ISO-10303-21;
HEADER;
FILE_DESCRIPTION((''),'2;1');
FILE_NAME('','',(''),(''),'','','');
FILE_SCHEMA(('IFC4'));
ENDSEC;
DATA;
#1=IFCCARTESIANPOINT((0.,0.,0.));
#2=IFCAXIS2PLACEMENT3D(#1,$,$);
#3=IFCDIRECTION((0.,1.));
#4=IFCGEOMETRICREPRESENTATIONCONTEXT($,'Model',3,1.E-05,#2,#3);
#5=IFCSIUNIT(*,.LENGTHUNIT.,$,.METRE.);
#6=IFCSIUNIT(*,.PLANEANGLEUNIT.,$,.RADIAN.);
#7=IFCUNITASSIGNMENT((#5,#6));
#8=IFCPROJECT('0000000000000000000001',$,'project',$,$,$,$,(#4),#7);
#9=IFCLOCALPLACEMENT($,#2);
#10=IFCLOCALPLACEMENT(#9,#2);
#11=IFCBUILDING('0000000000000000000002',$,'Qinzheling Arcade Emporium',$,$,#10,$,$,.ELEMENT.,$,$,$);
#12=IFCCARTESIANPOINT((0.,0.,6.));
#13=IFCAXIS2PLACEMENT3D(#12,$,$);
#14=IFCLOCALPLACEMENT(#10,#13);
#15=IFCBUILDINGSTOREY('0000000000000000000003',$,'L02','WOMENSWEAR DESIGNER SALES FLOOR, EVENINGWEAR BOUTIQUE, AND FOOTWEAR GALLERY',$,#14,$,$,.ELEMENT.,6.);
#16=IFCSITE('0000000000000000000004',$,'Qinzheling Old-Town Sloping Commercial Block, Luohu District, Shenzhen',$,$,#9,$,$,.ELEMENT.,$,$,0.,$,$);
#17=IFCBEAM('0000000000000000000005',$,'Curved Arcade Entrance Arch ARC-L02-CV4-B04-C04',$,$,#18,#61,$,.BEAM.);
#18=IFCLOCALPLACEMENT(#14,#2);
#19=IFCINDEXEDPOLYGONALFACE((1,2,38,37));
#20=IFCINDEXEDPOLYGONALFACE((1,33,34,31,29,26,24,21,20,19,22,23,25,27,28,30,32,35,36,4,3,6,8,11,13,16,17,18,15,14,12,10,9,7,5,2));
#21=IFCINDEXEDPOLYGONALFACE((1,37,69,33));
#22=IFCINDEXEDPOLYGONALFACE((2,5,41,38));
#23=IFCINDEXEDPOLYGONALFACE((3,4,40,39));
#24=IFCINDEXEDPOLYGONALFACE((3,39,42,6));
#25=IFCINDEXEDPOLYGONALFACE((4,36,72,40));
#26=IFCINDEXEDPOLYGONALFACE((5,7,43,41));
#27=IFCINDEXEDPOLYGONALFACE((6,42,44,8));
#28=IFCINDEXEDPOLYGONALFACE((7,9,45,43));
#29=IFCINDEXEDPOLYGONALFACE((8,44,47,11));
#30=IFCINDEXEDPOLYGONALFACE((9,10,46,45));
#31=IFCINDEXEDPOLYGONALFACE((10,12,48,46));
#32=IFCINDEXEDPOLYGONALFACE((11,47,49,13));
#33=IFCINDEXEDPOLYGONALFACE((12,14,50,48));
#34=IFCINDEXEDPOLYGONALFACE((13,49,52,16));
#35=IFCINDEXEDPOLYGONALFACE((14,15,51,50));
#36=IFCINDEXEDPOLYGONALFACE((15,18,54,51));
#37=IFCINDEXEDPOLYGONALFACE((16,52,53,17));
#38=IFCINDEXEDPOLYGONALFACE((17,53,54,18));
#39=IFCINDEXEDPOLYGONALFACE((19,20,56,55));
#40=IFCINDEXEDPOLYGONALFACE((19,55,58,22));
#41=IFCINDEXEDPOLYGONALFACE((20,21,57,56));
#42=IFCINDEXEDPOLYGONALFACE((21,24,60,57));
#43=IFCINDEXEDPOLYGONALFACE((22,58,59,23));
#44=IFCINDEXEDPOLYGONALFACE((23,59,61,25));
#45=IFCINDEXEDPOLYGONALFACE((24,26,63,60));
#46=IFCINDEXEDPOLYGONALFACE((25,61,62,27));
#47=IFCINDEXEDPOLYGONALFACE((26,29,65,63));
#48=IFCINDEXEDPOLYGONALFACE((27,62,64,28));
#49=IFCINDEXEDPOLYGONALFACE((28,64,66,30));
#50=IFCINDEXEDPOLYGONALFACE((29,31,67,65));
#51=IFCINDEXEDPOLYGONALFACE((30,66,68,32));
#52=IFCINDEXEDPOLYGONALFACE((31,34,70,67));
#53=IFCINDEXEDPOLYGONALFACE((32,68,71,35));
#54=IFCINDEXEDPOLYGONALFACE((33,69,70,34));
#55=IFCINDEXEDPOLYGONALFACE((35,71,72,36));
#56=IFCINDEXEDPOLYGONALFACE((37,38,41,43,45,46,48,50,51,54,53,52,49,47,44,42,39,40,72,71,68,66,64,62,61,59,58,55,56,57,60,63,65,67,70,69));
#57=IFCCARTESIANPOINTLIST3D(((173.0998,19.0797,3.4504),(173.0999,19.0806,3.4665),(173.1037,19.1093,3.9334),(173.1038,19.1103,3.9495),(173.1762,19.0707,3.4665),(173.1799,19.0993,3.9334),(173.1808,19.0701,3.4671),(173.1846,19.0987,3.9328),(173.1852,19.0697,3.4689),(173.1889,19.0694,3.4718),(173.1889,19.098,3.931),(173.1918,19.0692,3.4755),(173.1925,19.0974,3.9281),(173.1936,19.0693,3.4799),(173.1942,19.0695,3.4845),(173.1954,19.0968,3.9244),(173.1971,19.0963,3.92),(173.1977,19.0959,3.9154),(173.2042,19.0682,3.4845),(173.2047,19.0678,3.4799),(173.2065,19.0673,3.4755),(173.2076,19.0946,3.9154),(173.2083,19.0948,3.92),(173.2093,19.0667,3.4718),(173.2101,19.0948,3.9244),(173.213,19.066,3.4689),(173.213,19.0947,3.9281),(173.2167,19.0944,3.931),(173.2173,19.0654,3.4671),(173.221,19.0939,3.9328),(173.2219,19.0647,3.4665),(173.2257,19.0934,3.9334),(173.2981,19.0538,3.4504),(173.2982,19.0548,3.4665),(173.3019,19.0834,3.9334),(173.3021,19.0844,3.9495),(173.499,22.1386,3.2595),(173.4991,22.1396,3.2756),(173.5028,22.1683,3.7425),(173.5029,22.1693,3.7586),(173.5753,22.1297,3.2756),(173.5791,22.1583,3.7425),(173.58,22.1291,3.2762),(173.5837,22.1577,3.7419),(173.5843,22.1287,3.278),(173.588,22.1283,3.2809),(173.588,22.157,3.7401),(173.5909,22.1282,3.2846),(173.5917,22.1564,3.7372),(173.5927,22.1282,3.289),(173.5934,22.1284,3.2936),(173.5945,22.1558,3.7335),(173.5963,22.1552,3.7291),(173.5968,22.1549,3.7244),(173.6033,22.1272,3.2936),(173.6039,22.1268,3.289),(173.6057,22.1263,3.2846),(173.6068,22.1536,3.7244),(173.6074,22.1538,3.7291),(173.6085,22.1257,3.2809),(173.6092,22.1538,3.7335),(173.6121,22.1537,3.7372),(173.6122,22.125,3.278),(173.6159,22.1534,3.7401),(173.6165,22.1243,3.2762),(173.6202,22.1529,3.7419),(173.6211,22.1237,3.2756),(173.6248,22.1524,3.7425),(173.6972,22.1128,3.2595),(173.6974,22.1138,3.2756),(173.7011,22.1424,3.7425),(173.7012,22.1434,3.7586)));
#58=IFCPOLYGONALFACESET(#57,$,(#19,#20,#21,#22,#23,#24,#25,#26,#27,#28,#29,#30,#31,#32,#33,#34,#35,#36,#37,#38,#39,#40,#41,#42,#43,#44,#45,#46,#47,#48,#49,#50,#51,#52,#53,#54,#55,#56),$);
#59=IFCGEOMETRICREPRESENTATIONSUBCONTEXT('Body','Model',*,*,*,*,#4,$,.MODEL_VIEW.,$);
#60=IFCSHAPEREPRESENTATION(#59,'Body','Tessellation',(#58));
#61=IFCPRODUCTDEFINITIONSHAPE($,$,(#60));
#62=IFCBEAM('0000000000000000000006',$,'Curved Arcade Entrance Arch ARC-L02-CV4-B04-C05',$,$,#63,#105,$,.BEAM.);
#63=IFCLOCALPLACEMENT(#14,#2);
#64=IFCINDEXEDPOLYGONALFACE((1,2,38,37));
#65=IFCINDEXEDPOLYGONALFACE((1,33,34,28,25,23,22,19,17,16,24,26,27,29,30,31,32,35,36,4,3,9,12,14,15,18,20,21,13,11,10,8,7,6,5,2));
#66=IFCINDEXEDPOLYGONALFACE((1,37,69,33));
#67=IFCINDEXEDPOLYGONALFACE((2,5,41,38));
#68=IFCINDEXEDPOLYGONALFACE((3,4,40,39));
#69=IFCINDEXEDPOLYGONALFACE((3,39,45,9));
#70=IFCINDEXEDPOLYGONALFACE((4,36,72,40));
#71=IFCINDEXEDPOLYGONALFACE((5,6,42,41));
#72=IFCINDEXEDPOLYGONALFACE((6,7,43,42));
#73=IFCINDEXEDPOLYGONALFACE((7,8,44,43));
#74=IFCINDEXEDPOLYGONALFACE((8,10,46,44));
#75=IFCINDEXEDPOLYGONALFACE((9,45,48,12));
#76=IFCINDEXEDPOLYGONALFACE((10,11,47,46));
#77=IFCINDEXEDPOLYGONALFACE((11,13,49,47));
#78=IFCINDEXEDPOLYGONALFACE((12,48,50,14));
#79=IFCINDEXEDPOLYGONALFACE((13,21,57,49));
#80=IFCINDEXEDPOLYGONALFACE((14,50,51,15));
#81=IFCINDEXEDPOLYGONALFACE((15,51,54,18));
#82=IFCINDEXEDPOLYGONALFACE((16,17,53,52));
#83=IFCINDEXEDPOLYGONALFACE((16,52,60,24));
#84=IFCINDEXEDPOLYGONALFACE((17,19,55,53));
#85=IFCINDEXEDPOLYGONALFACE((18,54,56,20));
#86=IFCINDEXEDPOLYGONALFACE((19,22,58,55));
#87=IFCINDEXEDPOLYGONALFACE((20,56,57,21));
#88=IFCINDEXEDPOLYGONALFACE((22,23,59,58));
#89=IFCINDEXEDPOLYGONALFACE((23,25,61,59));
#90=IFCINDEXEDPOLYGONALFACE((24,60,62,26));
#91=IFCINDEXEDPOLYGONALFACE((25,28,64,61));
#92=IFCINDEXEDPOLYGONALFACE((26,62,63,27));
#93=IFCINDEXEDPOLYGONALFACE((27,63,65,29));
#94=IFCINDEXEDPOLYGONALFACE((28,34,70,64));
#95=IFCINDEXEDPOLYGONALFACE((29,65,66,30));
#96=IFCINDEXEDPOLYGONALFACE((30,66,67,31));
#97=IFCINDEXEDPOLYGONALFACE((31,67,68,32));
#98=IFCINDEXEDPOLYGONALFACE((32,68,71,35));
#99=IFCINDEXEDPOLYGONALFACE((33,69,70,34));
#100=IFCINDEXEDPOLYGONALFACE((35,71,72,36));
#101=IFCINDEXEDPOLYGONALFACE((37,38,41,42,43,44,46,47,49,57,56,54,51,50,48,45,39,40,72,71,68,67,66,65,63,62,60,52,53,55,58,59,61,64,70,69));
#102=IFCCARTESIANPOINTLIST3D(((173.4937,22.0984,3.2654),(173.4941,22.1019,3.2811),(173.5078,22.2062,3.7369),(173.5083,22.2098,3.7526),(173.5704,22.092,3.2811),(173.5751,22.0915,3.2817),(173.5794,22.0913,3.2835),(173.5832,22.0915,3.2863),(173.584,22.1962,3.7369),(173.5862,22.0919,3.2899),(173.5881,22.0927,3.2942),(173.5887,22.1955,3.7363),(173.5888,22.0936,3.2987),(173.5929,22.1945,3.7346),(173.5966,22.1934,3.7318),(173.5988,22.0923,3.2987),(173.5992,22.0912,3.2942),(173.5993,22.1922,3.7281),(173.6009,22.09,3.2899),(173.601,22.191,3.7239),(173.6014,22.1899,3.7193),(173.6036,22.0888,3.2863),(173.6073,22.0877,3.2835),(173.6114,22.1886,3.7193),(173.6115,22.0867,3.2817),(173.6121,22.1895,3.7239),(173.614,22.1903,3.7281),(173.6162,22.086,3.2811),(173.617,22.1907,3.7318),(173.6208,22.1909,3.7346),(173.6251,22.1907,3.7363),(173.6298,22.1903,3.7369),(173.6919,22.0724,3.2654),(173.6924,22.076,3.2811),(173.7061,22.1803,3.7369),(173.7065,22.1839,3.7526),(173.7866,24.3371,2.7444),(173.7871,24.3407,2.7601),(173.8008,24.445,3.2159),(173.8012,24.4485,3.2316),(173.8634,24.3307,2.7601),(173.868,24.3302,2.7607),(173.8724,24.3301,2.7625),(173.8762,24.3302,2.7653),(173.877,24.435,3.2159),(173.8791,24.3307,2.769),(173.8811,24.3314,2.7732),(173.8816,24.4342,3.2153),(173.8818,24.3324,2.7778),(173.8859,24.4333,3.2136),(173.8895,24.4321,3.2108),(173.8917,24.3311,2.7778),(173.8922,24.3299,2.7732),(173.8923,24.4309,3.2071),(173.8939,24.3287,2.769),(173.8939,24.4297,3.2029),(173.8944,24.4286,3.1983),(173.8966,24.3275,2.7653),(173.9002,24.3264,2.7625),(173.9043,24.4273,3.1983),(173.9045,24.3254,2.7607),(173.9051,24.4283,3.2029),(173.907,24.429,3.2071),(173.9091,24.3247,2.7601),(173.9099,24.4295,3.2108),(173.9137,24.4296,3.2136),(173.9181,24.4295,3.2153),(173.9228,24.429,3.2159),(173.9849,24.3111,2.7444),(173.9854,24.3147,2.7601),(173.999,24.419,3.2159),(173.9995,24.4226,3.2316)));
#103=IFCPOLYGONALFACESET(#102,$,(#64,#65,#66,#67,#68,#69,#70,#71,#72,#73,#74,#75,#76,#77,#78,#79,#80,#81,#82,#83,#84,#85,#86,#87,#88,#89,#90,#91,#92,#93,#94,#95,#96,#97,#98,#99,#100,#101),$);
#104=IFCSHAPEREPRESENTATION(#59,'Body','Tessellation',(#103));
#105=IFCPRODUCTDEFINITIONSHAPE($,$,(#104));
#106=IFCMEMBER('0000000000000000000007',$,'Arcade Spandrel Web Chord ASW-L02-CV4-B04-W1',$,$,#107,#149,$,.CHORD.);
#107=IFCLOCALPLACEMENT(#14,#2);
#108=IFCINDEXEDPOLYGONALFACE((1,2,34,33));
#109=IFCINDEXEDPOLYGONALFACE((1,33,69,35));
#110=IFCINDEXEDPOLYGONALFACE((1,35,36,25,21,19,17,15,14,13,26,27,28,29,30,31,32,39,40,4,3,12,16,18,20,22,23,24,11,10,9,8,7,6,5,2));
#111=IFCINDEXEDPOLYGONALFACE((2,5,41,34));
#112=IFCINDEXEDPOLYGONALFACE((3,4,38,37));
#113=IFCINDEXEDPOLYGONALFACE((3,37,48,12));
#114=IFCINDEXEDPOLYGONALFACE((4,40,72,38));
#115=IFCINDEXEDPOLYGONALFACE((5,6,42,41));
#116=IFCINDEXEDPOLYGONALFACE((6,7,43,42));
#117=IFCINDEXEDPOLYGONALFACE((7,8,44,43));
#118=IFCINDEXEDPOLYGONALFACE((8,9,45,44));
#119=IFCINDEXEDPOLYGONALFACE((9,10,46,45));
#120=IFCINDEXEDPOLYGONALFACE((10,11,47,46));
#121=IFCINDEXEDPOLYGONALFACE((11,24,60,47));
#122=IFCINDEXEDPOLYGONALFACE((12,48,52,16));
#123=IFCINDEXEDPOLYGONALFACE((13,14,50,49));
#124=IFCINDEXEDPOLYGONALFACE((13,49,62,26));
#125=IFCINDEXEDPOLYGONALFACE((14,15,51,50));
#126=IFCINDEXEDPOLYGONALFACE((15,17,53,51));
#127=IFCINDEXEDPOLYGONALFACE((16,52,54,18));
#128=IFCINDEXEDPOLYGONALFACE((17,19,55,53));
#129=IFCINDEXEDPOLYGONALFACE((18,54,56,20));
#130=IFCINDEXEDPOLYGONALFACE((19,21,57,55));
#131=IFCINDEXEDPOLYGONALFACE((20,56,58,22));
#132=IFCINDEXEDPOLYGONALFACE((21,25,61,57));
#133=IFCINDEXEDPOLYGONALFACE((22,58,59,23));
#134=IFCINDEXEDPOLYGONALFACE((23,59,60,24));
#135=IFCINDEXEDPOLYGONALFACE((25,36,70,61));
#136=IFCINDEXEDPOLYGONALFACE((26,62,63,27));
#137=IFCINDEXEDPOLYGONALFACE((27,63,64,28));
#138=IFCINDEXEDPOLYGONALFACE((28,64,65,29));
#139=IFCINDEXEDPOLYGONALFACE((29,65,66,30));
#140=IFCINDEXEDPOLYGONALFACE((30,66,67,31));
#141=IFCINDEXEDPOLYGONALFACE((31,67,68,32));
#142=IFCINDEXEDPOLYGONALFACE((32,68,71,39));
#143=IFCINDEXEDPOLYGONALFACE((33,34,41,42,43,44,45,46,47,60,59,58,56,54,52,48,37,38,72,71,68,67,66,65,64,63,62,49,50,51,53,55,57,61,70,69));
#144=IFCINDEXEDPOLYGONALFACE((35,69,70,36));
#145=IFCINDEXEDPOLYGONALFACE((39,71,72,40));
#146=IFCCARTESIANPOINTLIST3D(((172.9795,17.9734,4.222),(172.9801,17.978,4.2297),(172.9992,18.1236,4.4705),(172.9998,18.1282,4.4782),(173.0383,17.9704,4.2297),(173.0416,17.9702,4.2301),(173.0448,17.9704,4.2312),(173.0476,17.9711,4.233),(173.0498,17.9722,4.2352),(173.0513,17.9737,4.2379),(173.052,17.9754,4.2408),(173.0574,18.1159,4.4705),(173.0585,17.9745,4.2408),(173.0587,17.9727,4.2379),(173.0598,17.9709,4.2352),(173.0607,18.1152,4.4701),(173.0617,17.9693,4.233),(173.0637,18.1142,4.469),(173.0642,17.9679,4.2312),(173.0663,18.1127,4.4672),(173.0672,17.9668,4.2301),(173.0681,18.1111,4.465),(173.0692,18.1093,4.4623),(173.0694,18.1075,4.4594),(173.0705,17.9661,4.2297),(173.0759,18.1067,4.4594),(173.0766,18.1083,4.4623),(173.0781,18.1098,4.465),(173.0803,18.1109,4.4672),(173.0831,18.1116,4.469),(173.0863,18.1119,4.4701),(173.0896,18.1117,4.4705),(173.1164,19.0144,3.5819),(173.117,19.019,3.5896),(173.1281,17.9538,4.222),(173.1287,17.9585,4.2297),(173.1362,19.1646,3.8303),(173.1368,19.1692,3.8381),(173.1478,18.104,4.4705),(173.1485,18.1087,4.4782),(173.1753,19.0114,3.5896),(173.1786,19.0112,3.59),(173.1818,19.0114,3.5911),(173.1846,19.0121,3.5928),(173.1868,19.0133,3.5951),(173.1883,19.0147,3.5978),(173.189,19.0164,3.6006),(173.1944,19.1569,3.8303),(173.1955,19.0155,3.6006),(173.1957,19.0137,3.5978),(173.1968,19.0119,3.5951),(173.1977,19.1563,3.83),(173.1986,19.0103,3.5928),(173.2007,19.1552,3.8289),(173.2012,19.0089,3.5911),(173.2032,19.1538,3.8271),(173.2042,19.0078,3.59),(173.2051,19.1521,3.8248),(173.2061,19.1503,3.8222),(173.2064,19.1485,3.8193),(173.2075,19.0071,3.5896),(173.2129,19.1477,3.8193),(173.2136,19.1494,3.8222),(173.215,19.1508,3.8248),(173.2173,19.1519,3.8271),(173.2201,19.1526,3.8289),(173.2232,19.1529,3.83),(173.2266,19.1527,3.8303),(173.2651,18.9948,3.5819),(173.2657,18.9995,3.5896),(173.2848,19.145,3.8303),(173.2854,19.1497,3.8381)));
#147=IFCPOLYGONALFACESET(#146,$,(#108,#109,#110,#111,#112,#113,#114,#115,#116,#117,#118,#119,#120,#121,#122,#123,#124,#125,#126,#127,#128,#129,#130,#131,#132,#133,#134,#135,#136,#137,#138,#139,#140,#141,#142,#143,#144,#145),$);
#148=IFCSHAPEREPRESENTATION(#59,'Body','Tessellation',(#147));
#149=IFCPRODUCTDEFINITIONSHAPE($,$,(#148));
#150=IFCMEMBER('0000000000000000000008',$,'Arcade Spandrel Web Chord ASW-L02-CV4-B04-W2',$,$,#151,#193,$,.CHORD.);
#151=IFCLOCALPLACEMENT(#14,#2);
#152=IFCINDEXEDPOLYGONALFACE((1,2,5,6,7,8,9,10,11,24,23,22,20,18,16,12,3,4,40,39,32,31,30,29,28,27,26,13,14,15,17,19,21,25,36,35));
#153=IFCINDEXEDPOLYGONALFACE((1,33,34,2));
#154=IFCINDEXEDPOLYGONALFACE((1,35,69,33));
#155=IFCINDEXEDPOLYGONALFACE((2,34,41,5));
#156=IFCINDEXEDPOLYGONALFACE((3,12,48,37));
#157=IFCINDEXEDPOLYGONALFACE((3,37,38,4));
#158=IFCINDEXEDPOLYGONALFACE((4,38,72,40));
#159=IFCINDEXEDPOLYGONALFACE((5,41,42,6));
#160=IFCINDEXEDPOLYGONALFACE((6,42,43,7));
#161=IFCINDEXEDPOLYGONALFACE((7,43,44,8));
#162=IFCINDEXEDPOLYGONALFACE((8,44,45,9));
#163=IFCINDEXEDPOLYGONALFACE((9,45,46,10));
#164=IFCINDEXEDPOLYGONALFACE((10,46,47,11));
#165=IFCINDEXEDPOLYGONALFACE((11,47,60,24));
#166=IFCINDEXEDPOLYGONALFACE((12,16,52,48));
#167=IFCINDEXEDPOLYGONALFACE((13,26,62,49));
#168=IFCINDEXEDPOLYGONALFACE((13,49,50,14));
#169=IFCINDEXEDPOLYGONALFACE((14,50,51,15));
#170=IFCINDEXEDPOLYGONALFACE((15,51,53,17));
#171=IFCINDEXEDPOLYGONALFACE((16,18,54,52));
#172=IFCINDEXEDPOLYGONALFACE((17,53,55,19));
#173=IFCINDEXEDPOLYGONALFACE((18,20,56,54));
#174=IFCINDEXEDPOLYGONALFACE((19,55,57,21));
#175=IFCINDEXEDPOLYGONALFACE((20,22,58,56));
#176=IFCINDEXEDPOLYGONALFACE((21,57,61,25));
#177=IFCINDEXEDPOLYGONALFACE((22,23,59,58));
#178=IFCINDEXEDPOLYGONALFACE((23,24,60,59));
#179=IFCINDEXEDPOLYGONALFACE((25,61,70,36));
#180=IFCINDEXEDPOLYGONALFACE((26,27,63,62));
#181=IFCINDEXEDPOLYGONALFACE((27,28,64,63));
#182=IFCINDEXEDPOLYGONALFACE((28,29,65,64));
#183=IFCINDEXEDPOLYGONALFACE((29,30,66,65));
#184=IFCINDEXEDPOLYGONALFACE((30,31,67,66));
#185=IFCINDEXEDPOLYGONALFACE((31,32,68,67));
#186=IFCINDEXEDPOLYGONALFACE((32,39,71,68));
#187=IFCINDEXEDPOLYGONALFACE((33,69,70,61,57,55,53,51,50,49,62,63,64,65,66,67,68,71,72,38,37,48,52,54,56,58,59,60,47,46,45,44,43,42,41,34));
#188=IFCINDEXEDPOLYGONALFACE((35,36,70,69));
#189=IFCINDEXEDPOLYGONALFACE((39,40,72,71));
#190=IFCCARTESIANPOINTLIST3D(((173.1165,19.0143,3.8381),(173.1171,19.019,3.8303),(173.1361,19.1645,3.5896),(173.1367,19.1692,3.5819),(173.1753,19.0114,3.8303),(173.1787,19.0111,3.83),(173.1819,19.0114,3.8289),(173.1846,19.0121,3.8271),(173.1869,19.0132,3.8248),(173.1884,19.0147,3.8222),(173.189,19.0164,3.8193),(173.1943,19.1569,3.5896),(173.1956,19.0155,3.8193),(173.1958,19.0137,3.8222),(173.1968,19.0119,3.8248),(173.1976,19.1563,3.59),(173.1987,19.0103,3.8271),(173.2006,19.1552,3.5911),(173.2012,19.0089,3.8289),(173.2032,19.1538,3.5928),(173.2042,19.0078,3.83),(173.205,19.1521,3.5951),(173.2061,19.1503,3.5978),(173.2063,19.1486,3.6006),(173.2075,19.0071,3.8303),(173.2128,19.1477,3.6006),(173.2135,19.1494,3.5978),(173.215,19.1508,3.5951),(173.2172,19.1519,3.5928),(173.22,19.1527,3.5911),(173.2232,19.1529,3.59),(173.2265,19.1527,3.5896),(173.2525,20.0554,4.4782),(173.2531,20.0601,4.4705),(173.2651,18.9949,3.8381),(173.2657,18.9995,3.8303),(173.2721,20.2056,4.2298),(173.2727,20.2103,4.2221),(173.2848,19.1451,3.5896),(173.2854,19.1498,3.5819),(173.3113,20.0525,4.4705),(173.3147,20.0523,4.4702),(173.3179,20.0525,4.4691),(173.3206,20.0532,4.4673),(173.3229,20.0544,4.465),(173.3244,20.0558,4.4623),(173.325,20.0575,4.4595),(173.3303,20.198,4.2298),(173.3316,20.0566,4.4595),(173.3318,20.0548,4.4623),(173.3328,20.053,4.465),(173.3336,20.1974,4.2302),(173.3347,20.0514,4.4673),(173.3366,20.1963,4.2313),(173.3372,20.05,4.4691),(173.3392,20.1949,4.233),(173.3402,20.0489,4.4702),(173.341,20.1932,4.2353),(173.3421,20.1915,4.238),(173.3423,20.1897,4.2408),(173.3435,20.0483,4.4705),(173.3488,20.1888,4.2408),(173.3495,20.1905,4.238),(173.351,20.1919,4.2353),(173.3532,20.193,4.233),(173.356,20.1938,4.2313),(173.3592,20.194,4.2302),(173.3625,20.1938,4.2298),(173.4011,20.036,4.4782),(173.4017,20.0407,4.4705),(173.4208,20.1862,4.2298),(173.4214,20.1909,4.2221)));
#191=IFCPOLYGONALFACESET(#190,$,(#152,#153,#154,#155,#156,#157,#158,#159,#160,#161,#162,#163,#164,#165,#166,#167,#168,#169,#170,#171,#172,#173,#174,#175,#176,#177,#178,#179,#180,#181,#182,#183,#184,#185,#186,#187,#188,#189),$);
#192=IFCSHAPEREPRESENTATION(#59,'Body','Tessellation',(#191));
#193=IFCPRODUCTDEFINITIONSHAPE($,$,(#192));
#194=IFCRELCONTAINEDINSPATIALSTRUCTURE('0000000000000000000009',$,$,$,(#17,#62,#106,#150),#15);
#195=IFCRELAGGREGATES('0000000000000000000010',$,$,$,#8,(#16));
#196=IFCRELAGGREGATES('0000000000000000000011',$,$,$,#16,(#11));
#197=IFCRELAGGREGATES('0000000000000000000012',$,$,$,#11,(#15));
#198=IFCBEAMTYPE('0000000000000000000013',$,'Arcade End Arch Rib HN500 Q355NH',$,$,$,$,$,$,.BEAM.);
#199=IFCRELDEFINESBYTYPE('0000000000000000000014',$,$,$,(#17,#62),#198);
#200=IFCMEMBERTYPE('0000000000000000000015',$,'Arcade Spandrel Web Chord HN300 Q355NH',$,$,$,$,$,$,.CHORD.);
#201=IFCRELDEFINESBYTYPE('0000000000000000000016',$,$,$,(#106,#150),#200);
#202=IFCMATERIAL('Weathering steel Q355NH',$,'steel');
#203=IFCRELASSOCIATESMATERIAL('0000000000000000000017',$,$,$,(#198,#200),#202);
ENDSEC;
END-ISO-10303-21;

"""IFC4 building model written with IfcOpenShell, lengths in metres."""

from ifc_helpers import new_model, si_unit, direction, frame, origin, origin_2d, place, context, subcontext, project, spatial, i_section, extrude, material, material_profile, profile_set, type_object, element, save


model = new_model("IFC4")

# Units and contexts
model_context = context("Model", 3, precision=1e-05, world=origin(), true_north=direction((0.0, 1.0)))
body_context = subcontext(model_context, "Body", "Model", "MODEL_VIEW")
ifc_project = project(units=[si_unit("LENGTHUNIT", "METRE"), si_unit("PLANEANGLEUNIT", "RADIAN")], contexts=[model_context])

# Site, building, storey
site_placement = place(None, origin())
site = spatial("IfcSite", under=ifc_project, at=site_placement, Name="Qinzheling Old-Town Sloping Commercial Block, Luohu District, Shenzhen", CompositionType="ELEMENT", RefElevation=0.0)
building_placement = place(site_placement, origin())
building = spatial("IfcBuilding", under=site, at=building_placement, Name="Qinzheling Arcade Emporium", CompositionType="ELEMENT")
storey_placement = place(building_placement, frame((0.0, 0.0, 6.0)))
storey = spatial("IfcBuildingStorey", under=building, at=storey_placement, Name="L02", Description="WOMENSWEAR DESIGNER SALES FLOOR, EVENINGWEAR BOUTIQUE, AND FOOTWEAR GALLERY", CompositionType="ELEMENT", Elevation=6.0)

# Beams
ifc_material_1 = material(Name="Weathering steel Q355NH", Category="steel")
ifc_material_profile_1 = material_profile(ifc_material_1, i_section(OverallWidth=0.2, OverallDepth=0.5, WebThickness=0.01, FlangeThickness=0.0161, FilletRadius=0.0181, at=origin_2d()), Name="HN 500x200x10x16", Category="steel")
ifc_profile_set_1 = profile_set([ifc_material_profile_1], Name="Weathering steel Q355NH")
beam_type = type_object("IfcBeamType", Name="Arcade End Arch Rib HN500 Q355NH", PredefinedType="BEAM", material=ifc_profile_set_1)
beam_1_placement = place(storey_placement, frame((173.2009, 19.082, 3.7), z_axis=(0.129143, 0.9897, -0.061767), x_axis=(-0.991594, 0.12939, 0.0)))
element("IfcBeam", 1, at=beam_1_placement, inside=storey, type_object=beam_type, Name="Curved Arcade Entrance Arch ARC-L02-CV4-B04-C04", PredefinedType="BEAM", context=body_context, shape_type="SweptSolid", body=[
    extrude(i_section(OverallWidth=0.2, OverallDepth=0.5, WebThickness=0.01, FlangeThickness=0.0161, FilletRadius=0.0181, at=origin_2d()), origin(), (0.0, 0.0, 1.0), 3.0908),
])
beam_2_placement = place(storey_placement, frame((173.6001, 22.1411, 3.509), z_axis=(0.126433, 0.966158, -0.22484), x_axis=(-0.991546, 0.129755, 0.0)))
element("IfcBeam", 2, at=beam_2_placement, inside=storey, type_object=beam_type, Name="Curved Arcade Entrance Arch ARC-L02-CV4-B04-C05", PredefinedType="BEAM", context=body_context, shape_type="SweptSolid", body=[
    extrude(i_section(OverallWidth=0.2, OverallDepth=0.5, WebThickness=0.01, FlangeThickness=0.0161, FilletRadius=0.0181, at=origin_2d()), origin(), (0.0, 0.0, 1.0), 2.3171),
])

# Members
ifc_material_profile_2 = material_profile(ifc_material_1, i_section(OverallWidth=0.1499, OverallDepth=0.3, WebThickness=0.0066, FlangeThickness=0.009, FilletRadius=0.0129, at=origin_2d()), Name="HN 300x150x6.5x9", Category="steel")
ifc_profile_set_2 = profile_set([ifc_material_profile_2], Name="Weathering steel Q355NH")
member_type_1 = type_object("IfcMemberType", Name="Arcade Spandrel Web Chord HN300 Q355NH", PredefinedType="CHORD", material=ifc_profile_set_2)
for number, where, z_axis, x_axis, name in (
    (3, (173.2009, 19.082, 3.71), (-0.111376, -0.846537, 0.520549), (0.991456, -0.130442, 0.0), "Arcade Spandrel Web Chord ASW-L02-CV4-B04-W1"),
    (4, (173.2009, 19.082, 3.71), (0.110592, 0.846611, 0.520595), (-0.991576, 0.129528, 0.0), "Arcade Spandrel Web Chord ASW-L02-CV4-B04-W2"),
):
    element("IfcMember", number, at=place(storey_placement, frame(where, z_axis=z_axis, x_axis=x_axis)), inside=storey, type_object=member_type_1, Name=name, PredefinedType="CHORD", context=body_context, shape_type="SweptSolid", body=[
        extrude(i_section(OverallWidth=0.1499, OverallDepth=0.3, WebThickness=0.0066, FlangeThickness=0.009, FilletRadius=0.0129, at=origin_2d()), origin(), (0.0, 0.0, 1.0), 1.2297),
    ])

save(model, "model.ifc")
